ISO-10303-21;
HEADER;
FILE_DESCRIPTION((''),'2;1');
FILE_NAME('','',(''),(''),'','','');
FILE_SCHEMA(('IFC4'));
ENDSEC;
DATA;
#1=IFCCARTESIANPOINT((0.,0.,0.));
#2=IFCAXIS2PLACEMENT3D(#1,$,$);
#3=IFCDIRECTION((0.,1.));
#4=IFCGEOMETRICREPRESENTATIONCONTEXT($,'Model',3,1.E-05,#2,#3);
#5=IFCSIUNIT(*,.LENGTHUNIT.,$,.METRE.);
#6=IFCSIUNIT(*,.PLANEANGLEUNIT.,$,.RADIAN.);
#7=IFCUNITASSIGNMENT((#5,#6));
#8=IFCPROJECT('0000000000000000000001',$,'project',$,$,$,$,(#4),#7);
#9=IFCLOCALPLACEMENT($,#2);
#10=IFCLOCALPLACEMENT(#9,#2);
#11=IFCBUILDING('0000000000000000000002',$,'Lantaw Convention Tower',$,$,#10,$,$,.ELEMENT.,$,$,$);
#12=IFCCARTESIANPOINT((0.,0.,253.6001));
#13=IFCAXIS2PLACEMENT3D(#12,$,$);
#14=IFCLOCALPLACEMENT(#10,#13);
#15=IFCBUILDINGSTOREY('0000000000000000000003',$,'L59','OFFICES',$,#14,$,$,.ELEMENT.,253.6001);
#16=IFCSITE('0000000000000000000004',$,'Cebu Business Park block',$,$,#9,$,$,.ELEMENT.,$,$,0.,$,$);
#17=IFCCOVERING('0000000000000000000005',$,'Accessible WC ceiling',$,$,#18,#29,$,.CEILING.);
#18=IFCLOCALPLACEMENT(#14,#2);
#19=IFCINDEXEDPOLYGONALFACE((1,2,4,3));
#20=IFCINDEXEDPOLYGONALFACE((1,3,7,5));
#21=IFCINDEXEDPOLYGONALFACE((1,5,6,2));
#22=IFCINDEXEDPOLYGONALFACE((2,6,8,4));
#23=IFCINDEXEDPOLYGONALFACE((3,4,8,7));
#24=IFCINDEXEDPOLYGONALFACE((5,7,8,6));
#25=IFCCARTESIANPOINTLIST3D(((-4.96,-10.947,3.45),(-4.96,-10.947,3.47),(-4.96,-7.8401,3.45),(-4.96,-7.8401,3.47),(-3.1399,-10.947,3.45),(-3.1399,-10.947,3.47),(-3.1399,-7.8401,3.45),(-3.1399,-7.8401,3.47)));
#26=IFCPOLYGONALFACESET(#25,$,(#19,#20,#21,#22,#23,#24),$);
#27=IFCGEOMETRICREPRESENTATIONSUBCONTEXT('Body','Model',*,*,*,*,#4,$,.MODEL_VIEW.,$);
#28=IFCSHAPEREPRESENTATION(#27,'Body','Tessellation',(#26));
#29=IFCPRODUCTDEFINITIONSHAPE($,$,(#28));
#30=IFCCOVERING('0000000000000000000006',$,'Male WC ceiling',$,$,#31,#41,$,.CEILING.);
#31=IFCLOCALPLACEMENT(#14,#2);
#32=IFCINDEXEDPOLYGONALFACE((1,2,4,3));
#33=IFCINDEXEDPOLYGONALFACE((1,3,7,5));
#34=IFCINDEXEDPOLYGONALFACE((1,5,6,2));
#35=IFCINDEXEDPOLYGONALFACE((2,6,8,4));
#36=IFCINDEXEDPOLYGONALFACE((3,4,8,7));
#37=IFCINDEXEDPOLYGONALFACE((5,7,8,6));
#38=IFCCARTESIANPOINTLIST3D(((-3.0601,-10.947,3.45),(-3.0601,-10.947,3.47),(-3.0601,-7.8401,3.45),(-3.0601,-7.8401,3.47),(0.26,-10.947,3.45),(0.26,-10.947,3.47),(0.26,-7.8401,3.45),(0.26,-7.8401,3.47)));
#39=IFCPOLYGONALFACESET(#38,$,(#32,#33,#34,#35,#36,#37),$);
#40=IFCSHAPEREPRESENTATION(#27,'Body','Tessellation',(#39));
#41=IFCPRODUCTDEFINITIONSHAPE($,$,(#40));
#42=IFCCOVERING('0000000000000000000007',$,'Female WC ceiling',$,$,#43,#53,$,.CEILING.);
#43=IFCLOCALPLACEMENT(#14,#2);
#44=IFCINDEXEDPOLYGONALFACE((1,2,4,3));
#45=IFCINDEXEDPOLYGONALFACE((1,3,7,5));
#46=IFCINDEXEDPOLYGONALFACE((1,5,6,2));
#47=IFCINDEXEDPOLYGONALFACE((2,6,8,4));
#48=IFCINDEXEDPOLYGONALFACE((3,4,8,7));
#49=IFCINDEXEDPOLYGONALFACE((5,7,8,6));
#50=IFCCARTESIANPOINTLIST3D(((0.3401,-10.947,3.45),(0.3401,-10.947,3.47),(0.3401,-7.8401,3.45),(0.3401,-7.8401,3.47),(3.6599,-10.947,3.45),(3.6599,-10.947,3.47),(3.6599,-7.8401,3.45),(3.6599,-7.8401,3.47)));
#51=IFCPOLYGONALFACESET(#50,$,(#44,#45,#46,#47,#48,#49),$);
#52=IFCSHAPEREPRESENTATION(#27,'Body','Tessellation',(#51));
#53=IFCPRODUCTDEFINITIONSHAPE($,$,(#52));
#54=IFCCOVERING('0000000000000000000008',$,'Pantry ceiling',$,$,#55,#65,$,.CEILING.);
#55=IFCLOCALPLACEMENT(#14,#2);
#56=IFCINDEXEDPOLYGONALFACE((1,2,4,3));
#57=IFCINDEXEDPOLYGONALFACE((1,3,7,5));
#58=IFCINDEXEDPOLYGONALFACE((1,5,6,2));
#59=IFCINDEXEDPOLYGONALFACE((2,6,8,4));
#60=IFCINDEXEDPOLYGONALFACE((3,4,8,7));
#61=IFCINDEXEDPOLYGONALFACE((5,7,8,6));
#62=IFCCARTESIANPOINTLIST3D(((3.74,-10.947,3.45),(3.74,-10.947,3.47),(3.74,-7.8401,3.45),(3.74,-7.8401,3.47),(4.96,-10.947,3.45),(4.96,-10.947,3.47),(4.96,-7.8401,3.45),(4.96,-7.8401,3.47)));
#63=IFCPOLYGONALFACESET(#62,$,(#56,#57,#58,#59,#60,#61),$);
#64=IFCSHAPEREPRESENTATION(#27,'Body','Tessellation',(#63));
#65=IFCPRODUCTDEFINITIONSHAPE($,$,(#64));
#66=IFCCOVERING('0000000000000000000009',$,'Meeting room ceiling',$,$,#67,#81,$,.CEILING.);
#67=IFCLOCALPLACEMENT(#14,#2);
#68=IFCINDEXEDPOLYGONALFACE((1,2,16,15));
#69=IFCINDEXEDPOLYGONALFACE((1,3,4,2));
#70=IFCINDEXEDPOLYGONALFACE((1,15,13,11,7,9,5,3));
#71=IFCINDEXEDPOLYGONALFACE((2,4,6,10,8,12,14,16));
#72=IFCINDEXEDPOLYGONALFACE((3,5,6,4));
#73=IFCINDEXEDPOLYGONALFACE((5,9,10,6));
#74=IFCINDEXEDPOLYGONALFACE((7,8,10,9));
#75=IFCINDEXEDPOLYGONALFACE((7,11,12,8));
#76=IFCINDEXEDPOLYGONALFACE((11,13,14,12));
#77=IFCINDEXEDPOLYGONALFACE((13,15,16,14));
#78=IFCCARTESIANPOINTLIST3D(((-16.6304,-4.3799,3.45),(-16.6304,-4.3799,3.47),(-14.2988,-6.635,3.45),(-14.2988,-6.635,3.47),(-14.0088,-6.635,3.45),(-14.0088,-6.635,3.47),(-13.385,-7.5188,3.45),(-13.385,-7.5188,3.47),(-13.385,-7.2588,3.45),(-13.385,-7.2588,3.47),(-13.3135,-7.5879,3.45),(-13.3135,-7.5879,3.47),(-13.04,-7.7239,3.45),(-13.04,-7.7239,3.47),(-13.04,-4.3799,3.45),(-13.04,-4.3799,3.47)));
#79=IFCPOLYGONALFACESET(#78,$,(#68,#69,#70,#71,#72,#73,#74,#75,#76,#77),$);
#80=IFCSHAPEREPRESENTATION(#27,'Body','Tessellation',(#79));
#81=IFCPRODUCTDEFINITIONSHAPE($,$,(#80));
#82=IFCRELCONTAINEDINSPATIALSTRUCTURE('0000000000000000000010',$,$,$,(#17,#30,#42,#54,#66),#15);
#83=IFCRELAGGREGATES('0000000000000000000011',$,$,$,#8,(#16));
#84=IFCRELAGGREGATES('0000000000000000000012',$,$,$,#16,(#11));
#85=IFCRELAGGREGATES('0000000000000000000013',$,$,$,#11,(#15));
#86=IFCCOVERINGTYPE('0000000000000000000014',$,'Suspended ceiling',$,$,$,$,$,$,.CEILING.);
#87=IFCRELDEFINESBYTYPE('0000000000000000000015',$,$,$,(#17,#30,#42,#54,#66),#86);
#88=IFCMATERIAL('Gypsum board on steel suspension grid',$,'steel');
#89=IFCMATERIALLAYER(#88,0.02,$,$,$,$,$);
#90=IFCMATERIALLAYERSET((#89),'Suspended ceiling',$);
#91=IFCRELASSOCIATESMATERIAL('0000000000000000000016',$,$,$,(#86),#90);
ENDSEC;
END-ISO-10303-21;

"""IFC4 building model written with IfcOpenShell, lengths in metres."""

from ifc_helpers import new_model, si_unit, direction, frame, origin, place, context, subcontext, project, spatial, polyline, outline, extrude, material, layer, layer_set, type_object, element, save


model = new_model("IFC4")

# Units and contexts
model_context = context("Model", 3, precision=1e-05, world=origin(), true_north=direction((0.0, 1.0)))
body_context = subcontext(model_context, "Body", "Model", "MODEL_VIEW")
ifc_project = project(units=[si_unit("LENGTHUNIT", "METRE"), si_unit("PLANEANGLEUNIT", "RADIAN")], contexts=[model_context])

# Site, building, storey
site_placement = place(None, origin())
site = spatial("IfcSite", under=ifc_project, at=site_placement, Name="Cebu Business Park block", CompositionType="ELEMENT", RefElevation=0.0)
building_placement = place(site_placement, origin())
building = spatial("IfcBuilding", under=site, at=building_placement, Name="Lantaw Convention Tower", CompositionType="ELEMENT")
storey_placement = place(building_placement, frame((0.0, 0.0, 253.6001)))
storey = spatial("IfcBuildingStorey", under=building, at=storey_placement, Name="L59", Description="OFFICES", CompositionType="ELEMENT", Elevation=253.6001)

# Coverings
ifc_material_1 = material(Name="Gypsum board on steel suspension grid", Category="steel")
ifc_layer_1 = layer(ifc_material_1, 0.02)
ifc_layer_set_1 = layer_set([ifc_layer_1], Name="Suspended ceiling")
covering_type = type_object("IfcCoveringType", Name="Suspended ceiling", PredefinedType="CEILING", material=ifc_layer_set_1)
covering_1_placement = place(storey_placement, frame((0.0, 0.0, 3.45)))
element("IfcCovering", 1, at=covering_1_placement, inside=storey, type_object=covering_type, Name="Accessible WC ceiling", PredefinedType="CEILING", context=body_context, shape_type="SweptSolid", body=[
    extrude(outline(polyline([(-4.96, -10.947), (-3.1399, -10.947), (-3.1399, -7.8401), (-4.96, -7.8401), (-4.96, -10.947)])), origin(), (0.0, 0.0, 1.0), 0.02),
])
covering_2_placement = place(storey_placement, frame((0.0, 0.0, 3.45)))
element("IfcCovering", 2, at=covering_2_placement, inside=storey, type_object=covering_type, Name="Male WC ceiling", PredefinedType="CEILING", context=body_context, shape_type="SweptSolid", body=[
    extrude(outline(polyline([(-3.0601, -10.947), (0.26, -10.947), (0.26, -7.8401), (-3.0601, -7.8401), (-3.0601, -10.947)])), origin(), (0.0, 0.0, 1.0), 0.02),
])
covering_3_placement = place(storey_placement, frame((0.0, 0.0, 3.45)))
element("IfcCovering", 3, at=covering_3_placement, inside=storey, type_object=covering_type, Name="Female WC ceiling", PredefinedType="CEILING", context=body_context, shape_type="SweptSolid", body=[
    extrude(outline(polyline([(0.3401, -10.947), (3.6599, -10.947), (3.6599, -7.8401), (0.3401, -7.8401), (0.3401, -10.947)])), origin(), (0.0, 0.0, 1.0), 0.02),
])
covering_4_placement = place(storey_placement, frame((0.0, 0.0, 3.45)))
element("IfcCovering", 4, at=covering_4_placement, inside=storey, type_object=covering_type, Name="Pantry ceiling", PredefinedType="CEILING", context=body_context, shape_type="SweptSolid", body=[
    extrude(outline(polyline([(3.74, -10.947), (4.96, -10.947), (4.96, -7.8401), (3.74, -7.8401), (3.74, -10.947)])), origin(), (0.0, 0.0, 1.0), 0.02),
])
covering_5_placement = place(storey_placement, frame((0.0, 0.0, 3.45)))
element("IfcCovering", 5, at=covering_5_placement, inside=storey, type_object=covering_type, Name="Meeting room ceiling", PredefinedType="CEILING", context=body_context, shape_type="SweptSolid", body=[
    extrude(outline(polyline([(-13.385, -7.5188), (-13.3135, -7.5879), (-13.04, -7.7239), (-13.04, -4.3799), (-16.6304, -4.3799), (-14.2988, -6.635), (-14.0088, -6.635), (-13.385, -7.2588), (-13.385, -7.5188)])), origin(), (0.0, 0.0, 1.0), 0.02),
])

save(model, "model.ifc")
